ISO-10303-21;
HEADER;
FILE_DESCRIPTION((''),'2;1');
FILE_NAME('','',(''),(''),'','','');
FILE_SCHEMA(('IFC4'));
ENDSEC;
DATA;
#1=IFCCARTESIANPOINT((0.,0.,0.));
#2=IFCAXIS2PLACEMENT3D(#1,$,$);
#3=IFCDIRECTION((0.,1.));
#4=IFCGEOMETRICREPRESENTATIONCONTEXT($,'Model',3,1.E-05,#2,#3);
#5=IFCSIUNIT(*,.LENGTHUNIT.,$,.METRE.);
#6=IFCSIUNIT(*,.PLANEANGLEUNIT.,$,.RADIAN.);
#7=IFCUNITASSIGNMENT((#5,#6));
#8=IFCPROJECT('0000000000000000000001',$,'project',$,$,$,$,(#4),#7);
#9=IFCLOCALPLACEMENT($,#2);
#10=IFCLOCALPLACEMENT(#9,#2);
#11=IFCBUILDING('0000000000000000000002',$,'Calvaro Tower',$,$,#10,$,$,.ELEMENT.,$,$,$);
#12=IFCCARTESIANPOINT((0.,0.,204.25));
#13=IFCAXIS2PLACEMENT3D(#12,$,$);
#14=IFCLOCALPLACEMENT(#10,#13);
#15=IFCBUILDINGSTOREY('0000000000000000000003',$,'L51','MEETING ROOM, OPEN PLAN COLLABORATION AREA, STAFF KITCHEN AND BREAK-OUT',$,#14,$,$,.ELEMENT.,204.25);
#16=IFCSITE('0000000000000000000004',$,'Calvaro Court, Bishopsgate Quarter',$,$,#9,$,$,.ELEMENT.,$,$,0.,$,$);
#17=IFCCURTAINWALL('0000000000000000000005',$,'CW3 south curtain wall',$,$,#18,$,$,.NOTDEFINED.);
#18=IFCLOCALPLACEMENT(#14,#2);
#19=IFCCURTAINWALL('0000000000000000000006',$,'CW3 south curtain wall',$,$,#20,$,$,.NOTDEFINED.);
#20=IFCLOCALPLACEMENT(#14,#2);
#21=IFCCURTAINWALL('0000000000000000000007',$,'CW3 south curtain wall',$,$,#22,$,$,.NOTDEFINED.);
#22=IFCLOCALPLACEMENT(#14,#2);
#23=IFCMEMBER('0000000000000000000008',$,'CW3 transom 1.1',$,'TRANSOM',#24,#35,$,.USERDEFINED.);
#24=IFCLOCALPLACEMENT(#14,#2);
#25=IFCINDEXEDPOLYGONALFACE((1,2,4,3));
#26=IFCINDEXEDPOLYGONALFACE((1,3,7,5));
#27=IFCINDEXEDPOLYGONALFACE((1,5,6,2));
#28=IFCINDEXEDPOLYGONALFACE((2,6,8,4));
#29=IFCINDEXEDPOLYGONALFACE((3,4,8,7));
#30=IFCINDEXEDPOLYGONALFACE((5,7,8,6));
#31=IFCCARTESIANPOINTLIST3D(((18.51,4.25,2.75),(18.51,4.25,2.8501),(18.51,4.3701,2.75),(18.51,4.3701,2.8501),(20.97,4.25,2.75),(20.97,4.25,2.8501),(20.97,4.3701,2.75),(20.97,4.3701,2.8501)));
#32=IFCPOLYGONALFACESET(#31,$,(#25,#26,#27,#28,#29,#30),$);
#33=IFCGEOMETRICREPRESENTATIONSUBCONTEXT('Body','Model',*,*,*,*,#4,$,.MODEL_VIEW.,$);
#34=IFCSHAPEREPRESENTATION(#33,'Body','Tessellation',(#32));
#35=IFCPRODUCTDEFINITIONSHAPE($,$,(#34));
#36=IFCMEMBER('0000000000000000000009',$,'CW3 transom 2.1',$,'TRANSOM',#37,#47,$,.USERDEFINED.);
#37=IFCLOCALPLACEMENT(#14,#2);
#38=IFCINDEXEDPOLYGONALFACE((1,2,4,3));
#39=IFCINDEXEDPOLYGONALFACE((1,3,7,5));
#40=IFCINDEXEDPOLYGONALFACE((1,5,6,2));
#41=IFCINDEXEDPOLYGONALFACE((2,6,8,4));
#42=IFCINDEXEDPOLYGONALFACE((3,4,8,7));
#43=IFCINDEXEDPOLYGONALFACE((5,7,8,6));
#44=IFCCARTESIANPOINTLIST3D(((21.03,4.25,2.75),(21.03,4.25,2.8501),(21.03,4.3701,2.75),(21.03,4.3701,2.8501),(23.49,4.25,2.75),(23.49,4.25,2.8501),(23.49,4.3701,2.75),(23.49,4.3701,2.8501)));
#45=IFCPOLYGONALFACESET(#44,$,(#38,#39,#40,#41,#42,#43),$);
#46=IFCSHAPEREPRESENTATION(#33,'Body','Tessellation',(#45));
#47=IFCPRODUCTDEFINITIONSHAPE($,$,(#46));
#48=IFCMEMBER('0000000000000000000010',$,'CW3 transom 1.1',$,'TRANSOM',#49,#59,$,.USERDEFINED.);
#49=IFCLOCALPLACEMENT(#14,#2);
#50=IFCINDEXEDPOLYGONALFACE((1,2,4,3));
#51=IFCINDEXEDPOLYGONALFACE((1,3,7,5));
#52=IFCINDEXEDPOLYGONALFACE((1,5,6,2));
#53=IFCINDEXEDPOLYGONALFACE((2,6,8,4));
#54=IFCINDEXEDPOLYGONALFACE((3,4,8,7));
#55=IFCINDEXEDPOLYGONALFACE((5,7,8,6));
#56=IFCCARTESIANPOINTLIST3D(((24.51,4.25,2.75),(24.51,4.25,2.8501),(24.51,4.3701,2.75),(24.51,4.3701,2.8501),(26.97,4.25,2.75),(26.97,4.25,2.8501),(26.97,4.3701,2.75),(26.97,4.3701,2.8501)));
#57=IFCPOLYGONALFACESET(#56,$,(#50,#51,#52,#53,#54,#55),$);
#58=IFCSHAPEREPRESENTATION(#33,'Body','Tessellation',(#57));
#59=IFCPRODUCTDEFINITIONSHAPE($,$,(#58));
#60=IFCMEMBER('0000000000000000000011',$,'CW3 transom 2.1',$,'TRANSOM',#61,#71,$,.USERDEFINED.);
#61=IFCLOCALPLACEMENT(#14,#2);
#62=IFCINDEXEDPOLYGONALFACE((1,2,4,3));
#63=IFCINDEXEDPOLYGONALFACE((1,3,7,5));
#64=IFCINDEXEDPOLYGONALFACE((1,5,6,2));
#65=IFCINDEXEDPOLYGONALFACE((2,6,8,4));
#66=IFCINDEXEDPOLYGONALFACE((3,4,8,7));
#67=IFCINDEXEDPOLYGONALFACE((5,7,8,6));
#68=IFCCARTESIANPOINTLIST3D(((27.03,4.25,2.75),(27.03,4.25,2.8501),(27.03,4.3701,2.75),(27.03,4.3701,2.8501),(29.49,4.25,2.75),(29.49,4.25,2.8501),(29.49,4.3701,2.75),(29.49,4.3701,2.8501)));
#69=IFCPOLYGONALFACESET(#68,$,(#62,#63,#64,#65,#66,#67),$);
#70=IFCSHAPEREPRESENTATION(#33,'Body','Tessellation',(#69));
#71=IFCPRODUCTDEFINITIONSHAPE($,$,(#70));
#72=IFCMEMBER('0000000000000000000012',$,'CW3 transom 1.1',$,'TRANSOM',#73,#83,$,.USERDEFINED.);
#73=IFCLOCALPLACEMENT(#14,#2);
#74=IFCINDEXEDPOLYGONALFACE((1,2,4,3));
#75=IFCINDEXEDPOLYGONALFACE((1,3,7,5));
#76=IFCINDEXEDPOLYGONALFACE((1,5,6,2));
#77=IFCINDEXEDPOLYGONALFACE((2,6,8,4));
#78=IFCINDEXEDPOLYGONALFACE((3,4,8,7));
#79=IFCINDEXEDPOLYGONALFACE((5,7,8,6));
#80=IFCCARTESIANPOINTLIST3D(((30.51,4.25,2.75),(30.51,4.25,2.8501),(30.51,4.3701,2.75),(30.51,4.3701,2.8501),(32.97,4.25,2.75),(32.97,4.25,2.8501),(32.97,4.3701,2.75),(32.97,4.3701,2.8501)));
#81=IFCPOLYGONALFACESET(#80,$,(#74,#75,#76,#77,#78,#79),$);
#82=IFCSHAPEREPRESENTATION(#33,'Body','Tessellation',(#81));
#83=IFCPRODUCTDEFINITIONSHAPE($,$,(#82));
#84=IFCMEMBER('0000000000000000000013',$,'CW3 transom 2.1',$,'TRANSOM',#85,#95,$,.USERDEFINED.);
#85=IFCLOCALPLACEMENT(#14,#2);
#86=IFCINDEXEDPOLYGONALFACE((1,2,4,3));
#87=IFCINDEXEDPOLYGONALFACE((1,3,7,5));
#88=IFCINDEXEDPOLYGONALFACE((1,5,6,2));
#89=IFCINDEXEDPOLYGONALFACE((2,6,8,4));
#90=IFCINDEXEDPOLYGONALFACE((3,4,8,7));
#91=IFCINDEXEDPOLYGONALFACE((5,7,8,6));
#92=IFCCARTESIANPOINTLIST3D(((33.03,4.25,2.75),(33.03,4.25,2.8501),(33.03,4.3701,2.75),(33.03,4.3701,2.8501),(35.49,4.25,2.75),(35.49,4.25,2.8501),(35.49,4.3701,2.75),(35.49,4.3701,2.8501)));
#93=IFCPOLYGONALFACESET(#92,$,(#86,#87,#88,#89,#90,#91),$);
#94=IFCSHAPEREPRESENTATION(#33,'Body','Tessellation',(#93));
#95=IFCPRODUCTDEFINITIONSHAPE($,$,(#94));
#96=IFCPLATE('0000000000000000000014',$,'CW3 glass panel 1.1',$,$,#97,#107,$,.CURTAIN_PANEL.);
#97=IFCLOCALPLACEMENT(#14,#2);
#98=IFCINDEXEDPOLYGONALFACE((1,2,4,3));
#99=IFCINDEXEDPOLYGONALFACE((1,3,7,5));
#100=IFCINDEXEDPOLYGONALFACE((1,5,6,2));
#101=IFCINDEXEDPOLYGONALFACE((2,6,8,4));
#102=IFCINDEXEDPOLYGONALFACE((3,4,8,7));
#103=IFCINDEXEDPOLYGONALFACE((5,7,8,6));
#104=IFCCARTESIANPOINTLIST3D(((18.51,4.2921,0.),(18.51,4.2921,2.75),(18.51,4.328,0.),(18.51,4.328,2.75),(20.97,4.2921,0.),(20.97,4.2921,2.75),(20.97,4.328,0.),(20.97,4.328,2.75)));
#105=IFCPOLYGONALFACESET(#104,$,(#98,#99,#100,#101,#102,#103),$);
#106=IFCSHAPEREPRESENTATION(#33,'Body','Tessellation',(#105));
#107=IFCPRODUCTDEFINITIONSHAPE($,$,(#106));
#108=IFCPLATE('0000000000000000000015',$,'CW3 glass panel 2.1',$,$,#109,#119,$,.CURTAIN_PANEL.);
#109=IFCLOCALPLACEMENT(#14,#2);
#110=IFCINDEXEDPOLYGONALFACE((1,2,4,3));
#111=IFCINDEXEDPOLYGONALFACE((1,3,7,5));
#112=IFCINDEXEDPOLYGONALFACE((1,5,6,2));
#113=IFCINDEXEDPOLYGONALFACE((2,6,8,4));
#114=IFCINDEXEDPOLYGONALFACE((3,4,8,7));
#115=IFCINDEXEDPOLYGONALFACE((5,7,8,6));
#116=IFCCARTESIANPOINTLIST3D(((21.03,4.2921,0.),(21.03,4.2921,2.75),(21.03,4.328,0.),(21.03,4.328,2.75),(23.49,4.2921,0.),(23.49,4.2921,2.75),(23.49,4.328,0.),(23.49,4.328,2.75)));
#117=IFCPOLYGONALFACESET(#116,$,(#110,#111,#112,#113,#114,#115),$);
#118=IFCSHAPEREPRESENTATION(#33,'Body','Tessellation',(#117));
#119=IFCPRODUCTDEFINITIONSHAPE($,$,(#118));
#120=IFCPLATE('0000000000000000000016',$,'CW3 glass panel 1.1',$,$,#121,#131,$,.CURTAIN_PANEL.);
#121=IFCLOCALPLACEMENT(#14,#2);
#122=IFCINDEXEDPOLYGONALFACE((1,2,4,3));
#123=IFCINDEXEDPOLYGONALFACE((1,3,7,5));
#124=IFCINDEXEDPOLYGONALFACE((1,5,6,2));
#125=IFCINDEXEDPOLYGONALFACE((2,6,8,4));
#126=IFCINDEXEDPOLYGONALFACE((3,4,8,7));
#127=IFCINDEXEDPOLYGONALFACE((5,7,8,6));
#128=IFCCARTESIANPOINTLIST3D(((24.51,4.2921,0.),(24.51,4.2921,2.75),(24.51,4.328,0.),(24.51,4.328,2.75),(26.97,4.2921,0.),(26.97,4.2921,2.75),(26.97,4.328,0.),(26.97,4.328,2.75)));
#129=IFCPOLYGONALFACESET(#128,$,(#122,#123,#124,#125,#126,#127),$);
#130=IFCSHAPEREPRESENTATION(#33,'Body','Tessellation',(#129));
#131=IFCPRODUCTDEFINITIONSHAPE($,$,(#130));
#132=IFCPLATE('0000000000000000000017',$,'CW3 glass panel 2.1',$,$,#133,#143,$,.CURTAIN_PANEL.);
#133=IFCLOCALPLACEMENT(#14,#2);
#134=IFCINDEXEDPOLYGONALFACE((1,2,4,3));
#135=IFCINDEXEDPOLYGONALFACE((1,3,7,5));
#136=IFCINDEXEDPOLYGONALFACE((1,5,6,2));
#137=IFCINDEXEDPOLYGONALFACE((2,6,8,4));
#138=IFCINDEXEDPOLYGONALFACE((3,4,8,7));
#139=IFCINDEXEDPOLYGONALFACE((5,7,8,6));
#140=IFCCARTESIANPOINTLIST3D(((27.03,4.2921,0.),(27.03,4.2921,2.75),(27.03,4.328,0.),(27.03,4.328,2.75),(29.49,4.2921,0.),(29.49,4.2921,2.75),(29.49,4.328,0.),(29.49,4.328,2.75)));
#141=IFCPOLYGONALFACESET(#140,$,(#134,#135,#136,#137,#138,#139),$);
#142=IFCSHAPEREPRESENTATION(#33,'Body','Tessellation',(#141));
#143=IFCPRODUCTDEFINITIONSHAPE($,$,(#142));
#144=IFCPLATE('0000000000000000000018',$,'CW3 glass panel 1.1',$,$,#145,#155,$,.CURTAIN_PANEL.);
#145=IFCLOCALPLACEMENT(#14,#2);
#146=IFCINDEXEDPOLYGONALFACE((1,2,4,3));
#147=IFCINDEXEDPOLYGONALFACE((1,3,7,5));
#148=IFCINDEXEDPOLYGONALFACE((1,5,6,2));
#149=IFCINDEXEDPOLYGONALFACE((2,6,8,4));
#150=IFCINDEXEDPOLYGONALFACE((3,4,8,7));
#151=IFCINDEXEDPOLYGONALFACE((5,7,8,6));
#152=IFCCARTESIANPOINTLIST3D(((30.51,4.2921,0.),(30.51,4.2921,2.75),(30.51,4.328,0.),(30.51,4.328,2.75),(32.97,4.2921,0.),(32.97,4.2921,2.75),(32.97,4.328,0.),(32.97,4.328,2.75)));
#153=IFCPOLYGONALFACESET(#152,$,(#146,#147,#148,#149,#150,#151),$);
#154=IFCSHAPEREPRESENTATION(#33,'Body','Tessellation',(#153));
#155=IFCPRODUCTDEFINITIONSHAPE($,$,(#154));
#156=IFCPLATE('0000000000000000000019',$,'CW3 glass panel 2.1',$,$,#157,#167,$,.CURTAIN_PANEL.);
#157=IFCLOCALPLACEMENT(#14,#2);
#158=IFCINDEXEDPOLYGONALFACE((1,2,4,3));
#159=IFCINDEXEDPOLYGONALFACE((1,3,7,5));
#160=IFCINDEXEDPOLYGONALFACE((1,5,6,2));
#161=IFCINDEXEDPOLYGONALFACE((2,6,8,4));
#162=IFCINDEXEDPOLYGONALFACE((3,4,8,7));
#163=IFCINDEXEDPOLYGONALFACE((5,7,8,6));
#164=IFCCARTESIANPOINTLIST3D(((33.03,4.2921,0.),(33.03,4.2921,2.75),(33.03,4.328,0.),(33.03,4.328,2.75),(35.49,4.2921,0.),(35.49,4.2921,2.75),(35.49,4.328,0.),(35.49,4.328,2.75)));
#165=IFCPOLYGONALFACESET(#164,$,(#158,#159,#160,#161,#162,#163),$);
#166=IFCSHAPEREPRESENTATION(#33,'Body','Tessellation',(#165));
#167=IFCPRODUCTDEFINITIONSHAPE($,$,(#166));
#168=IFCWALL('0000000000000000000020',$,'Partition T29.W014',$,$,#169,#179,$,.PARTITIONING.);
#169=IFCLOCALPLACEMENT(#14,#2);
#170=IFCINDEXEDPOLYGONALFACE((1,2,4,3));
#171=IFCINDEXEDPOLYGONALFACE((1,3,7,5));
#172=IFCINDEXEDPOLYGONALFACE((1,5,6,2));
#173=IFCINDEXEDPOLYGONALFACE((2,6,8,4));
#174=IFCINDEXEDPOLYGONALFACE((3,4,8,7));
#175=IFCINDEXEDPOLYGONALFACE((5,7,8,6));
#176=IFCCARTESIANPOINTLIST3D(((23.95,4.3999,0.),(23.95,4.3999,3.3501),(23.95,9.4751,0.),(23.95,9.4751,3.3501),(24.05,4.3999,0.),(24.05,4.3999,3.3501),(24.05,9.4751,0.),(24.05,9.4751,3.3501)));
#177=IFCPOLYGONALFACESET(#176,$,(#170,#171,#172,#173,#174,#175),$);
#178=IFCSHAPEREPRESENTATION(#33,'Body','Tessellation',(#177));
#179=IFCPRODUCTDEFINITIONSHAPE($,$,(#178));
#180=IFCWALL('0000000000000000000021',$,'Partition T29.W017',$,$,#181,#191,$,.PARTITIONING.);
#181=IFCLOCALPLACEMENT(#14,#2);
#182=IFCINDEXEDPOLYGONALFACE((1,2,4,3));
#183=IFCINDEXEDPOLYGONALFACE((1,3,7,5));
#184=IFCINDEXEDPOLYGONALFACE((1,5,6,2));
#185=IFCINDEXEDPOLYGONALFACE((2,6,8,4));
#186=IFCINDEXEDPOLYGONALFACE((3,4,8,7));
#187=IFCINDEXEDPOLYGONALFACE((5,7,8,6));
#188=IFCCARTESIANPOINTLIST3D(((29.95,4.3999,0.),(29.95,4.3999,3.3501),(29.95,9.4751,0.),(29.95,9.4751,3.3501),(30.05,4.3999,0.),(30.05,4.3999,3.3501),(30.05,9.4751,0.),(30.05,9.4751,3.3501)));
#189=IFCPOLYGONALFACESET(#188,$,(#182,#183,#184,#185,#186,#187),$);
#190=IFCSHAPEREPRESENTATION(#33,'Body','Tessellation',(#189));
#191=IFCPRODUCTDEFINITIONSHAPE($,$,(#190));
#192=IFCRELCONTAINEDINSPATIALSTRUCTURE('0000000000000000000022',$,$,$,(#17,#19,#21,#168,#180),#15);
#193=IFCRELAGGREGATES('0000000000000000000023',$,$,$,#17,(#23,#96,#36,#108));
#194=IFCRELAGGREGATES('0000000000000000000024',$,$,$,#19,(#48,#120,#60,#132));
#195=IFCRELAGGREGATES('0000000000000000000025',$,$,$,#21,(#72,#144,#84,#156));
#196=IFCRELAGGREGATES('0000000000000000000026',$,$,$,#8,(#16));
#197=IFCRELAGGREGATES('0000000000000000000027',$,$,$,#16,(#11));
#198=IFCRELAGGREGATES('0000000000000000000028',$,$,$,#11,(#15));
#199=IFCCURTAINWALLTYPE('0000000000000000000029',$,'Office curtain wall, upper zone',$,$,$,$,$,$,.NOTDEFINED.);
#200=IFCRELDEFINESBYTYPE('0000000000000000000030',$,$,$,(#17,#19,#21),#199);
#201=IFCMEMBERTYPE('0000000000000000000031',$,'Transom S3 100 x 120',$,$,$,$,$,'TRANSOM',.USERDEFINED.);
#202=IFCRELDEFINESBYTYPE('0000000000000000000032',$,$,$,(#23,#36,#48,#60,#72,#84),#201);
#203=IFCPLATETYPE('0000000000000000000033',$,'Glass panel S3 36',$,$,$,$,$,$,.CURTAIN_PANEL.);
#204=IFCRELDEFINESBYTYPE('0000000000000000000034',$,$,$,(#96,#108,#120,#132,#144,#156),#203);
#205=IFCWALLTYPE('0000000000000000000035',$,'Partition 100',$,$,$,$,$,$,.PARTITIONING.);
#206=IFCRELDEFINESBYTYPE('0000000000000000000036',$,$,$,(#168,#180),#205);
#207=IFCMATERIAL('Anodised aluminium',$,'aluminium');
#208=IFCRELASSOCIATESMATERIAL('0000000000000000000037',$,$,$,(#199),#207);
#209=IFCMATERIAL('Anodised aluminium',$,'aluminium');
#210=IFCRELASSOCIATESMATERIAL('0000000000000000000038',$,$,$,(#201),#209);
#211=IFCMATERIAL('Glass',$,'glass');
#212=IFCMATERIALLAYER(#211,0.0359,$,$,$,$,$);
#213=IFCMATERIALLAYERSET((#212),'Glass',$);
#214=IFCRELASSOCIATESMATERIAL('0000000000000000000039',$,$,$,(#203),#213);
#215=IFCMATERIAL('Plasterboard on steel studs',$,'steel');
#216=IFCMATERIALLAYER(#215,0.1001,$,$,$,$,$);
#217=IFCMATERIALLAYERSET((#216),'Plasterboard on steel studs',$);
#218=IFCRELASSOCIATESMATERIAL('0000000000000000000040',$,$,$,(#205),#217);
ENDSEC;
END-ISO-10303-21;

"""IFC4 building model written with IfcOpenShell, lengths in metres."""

from ifc_helpers import new_model, si_unit, direction, frame, frame_2d, origin, origin_2d, place, context, subcontext, project, spatial, rectangle, extrude, material, layer, layer_set, material_profile, profile_set, type_object, element, aggregate, save


model = new_model("IFC4")

# Units and contexts
model_context = context("Model", 3, precision=1e-05, world=origin(), true_north=direction((0.0, 1.0)))
body_context = subcontext(model_context, "Body", "Model", "MODEL_VIEW")
ifc_project = project(units=[si_unit("LENGTHUNIT", "METRE"), si_unit("PLANEANGLEUNIT", "RADIAN")], contexts=[model_context])

# Site, building, storey
site_placement = place(None, origin())
site = spatial("IfcSite", under=ifc_project, at=site_placement, Name="Calvaro Court, Bishopsgate Quarter", CompositionType="ELEMENT", RefElevation=0.0)
building_placement = place(site_placement, origin())
building = spatial("IfcBuilding", under=site, at=building_placement, Name="Calvaro Tower", CompositionType="ELEMENT")
storey_placement = place(building_placement, frame((0.0, 0.0, 204.25)))
storey = spatial("IfcBuildingStorey", under=building, at=storey_placement, Name="L51", Description="MEETING ROOM, OPEN PLAN COLLABORATION AREA, STAFF KITCHEN AND BREAK-OUT", CompositionType="ELEMENT", Elevation=204.25)

# Shared definitions
ifc_material_1 = material(Name="Anodised aluminium", Category="aluminium")
curtain_wall_type = type_object("IfcCurtainWallType", Name="Office curtain wall, upper zone", PredefinedType="NOTDEFINED", material=ifc_material_1)

# Curtain walls
curtain_wall_1_placement = place(storey_placement, origin())
curtain_wall_1 = element("IfcCurtainWall", 1, at=curtain_wall_1_placement, inside=storey, type_object=curtain_wall_type, Name="CW3 south curtain wall", PredefinedType="NOTDEFINED")
curtain_wall_2_placement = place(storey_placement, origin())
curtain_wall_2 = element("IfcCurtainWall", 2, at=curtain_wall_2_placement, inside=storey, type_object=curtain_wall_type, Name="CW3 south curtain wall", PredefinedType="NOTDEFINED")
curtain_wall_3_placement = place(storey_placement, origin())
curtain_wall_3 = element("IfcCurtainWall", 3, at=curtain_wall_3_placement, inside=storey, type_object=curtain_wall_type, Name="CW3 south curtain wall", PredefinedType="NOTDEFINED")

# Members
ifc_material_2 = material(Name="Anodised aluminium", Category="aluminium")
ifc_material_profile_1 = material_profile(ifc_material_2, rectangle(XDim=0.1201, YDim=0.1001, at=origin_2d()), Name="Transom S3 100 x 120")
ifc_profile_set_1 = profile_set([ifc_material_profile_1], Name="Anodised aluminium")
member_type_1 = type_object("IfcMemberType", Name="Transom S3 100 x 120", ElementType="TRANSOM", PredefinedType="USERDEFINED", material=ifc_profile_set_1)
member_1_placement = place(storey_placement, frame((18.51, 4.3101, 2.8), z_axis=(1.0, 0.0, 0.0), x_axis=(0.0, 1.0, 0.0)))
member_1 = element("IfcMember", 4, at=member_1_placement, type_object=member_type_1, Name="CW3 transom 1.1", ObjectType="TRANSOM", PredefinedType="USERDEFINED", context=body_context, shape_type="SweptSolid", body=[
    extrude(rectangle(XDim=0.1201, YDim=0.1001, at=origin_2d()), origin(), (0.0, 0.0, 1.0), 2.46),
])
member_2_placement = place(storey_placement, frame((21.03, 4.3101, 2.8), z_axis=(1.0, 0.0, 0.0), x_axis=(0.0, 1.0, 0.0)))
member_2 = element("IfcMember", 5, at=member_2_placement, type_object=member_type_1, Name="CW3 transom 2.1", ObjectType="TRANSOM", PredefinedType="USERDEFINED", context=body_context, shape_type="SweptSolid", body=[
    extrude(rectangle(XDim=0.1201, YDim=0.1001, at=origin_2d()), origin(), (0.0, 0.0, 1.0), 2.46),
])
member_3_placement = place(storey_placement, frame((24.51, 4.3101, 2.8), z_axis=(1.0, 0.0, 0.0), x_axis=(0.0, 1.0, 0.0)))
member_3 = element("IfcMember", 6, at=member_3_placement, type_object=member_type_1, Name="CW3 transom 1.1", ObjectType="TRANSOM", PredefinedType="USERDEFINED", context=body_context, shape_type="SweptSolid", body=[
    extrude(rectangle(XDim=0.1201, YDim=0.1001, at=origin_2d()), origin(), (0.0, 0.0, 1.0), 2.46),
])
member_4_placement = place(storey_placement, frame((27.03, 4.3101, 2.8), z_axis=(1.0, 0.0, 0.0), x_axis=(0.0, 1.0, 0.0)))
member_4 = element("IfcMember", 7, at=member_4_placement, type_object=member_type_1, Name="CW3 transom 2.1", ObjectType="TRANSOM", PredefinedType="USERDEFINED", context=body_context, shape_type="SweptSolid", body=[
    extrude(rectangle(XDim=0.1201, YDim=0.1001, at=origin_2d()), origin(), (0.0, 0.0, 1.0), 2.46),
])
member_5_placement = place(storey_placement, frame((30.51, 4.3101, 2.8), z_axis=(1.0, 0.0, 0.0), x_axis=(0.0, 1.0, 0.0)))
member_5 = element("IfcMember", 8, at=member_5_placement, type_object=member_type_1, Name="CW3 transom 1.1", ObjectType="TRANSOM", PredefinedType="USERDEFINED", context=body_context, shape_type="SweptSolid", body=[
    extrude(rectangle(XDim=0.1201, YDim=0.1001, at=origin_2d()), origin(), (0.0, 0.0, 1.0), 2.46),
])
member_6_placement = place(storey_placement, frame((33.03, 4.3101, 2.8), z_axis=(1.0, 0.0, 0.0), x_axis=(0.0, 1.0, 0.0)))
member_6 = element("IfcMember", 9, at=member_6_placement, type_object=member_type_1, Name="CW3 transom 2.1", ObjectType="TRANSOM", PredefinedType="USERDEFINED", context=body_context, shape_type="SweptSolid", body=[
    extrude(rectangle(XDim=0.1201, YDim=0.1001, at=origin_2d()), origin(), (0.0, 0.0, 1.0), 2.46),
])

# Plates
ifc_material_3 = material(Name="Glass", Category="glass")
ifc_layer_1 = layer(ifc_material_3, 0.0359)
ifc_layer_set_1 = layer_set([ifc_layer_1], Name="Glass")
plate_type = type_object("IfcPlateType", Name="Glass panel S3 36", PredefinedType="CURTAIN_PANEL", material=ifc_layer_set_1)
plate_1_placement = place(storey_placement, frame((19.74, 4.3101, 0.0), z_axis=(0.0, 0.0, 1.0), x_axis=(1.0, 0.0, 0.0)))
plate_1 = element("IfcPlate", 10, at=plate_1_placement, type_object=plate_type, Name="CW3 glass panel 1.1", PredefinedType="CURTAIN_PANEL", context=body_context, shape_type="SweptSolid", body=[
    extrude(rectangle(XDim=2.46, YDim=0.0359, at=origin_2d()), origin(), (0.0, 0.0, 1.0), 2.75),
])
plate_2_placement = place(storey_placement, frame((22.26, 4.3101, 0.0), z_axis=(0.0, 0.0, 1.0), x_axis=(1.0, 0.0, 0.0)))
plate_2 = element("IfcPlate", 11, at=plate_2_placement, type_object=plate_type, Name="CW3 glass panel 2.1", PredefinedType="CURTAIN_PANEL", context=body_context, shape_type="SweptSolid", body=[
    extrude(rectangle(XDim=2.46, YDim=0.0359, at=origin_2d()), origin(), (0.0, 0.0, 1.0), 2.75),
])
aggregate(curtain_wall_1, [member_1, plate_1, member_2, plate_2])
plate_3_placement = place(storey_placement, frame((25.74, 4.3101, 0.0), z_axis=(0.0, 0.0, 1.0), x_axis=(1.0, 0.0, 0.0)))
plate_3 = element("IfcPlate", 12, at=plate_3_placement, type_object=plate_type, Name="CW3 glass panel 1.1", PredefinedType="CURTAIN_PANEL", context=body_context, shape_type="SweptSolid", body=[
    extrude(rectangle(XDim=2.46, YDim=0.0359, at=origin_2d()), origin(), (0.0, 0.0, 1.0), 2.75),
])
plate_4_placement = place(storey_placement, frame((28.26, 4.3101, 0.0), z_axis=(0.0, 0.0, 1.0), x_axis=(1.0, 0.0, 0.0)))
plate_4 = element("IfcPlate", 13, at=plate_4_placement, type_object=plate_type, Name="CW3 glass panel 2.1", PredefinedType="CURTAIN_PANEL", context=body_context, shape_type="SweptSolid", body=[
    extrude(rectangle(XDim=2.46, YDim=0.0359, at=origin_2d()), origin(), (0.0, 0.0, 1.0), 2.75),
])
aggregate(curtain_wall_2, [member_3, plate_3, member_4, plate_4])
plate_5_placement = place(storey_placement, frame((31.74, 4.3101, 0.0), z_axis=(0.0, 0.0, 1.0), x_axis=(1.0, 0.0, 0.0)))
plate_5 = element("IfcPlate", 14, at=plate_5_placement, type_object=plate_type, Name="CW3 glass panel 1.1", PredefinedType="CURTAIN_PANEL", context=body_context, shape_type="SweptSolid", body=[
    extrude(rectangle(XDim=2.46, YDim=0.0359, at=origin_2d()), origin(), (0.0, 0.0, 1.0), 2.75),
])
plate_6_placement = place(storey_placement, frame((34.26, 4.3101, 0.0), z_axis=(0.0, 0.0, 1.0), x_axis=(1.0, 0.0, 0.0)))
plate_6 = element("IfcPlate", 15, at=plate_6_placement, type_object=plate_type, Name="CW3 glass panel 2.1", PredefinedType="CURTAIN_PANEL", context=body_context, shape_type="SweptSolid", body=[
    extrude(rectangle(XDim=2.46, YDim=0.0359, at=origin_2d()), origin(), (0.0, 0.0, 1.0), 2.75),
])
aggregate(curtain_wall_3, [member_5, plate_5, member_6, plate_6])

# Walls
ifc_material_4 = material(Name="Plasterboard on steel studs", Category="steel")
ifc_layer_2 = layer(ifc_material_4, 0.1001)
ifc_layer_set_2 = layer_set([ifc_layer_2], Name="Plasterboard on steel studs")
wall_type = type_object("IfcWallType", Name="Partition 100", PredefinedType="PARTITIONING", material=ifc_layer_set_2)
for number, where, z_axis, x_axis, name in (
    (16, (24.0, 4.3999, 0.0), (0.0, 0.0, 1.0), (0.0, 1.0, 0.0), "Partition T29.W014"),
    (17, (30.0, 4.3999, 0.0), (0.0, 0.0, 1.0), (0.0, 1.0, 0.0), "Partition T29.W017"),
):
    element("IfcWall", number, at=place(storey_placement, frame(where, z_axis=z_axis, x_axis=x_axis)), inside=storey, type_object=wall_type, Name=name, PredefinedType="PARTITIONING", context=body_context, shape_type="SweptSolid", body=[
        extrude(rectangle(XDim=5.0752, YDim=0.1001, at=frame_2d((2.5376, 0.0))), origin(), (0.0, 0.0, 1.0), 3.3501),
    ])

save(model, "model.ifc")
